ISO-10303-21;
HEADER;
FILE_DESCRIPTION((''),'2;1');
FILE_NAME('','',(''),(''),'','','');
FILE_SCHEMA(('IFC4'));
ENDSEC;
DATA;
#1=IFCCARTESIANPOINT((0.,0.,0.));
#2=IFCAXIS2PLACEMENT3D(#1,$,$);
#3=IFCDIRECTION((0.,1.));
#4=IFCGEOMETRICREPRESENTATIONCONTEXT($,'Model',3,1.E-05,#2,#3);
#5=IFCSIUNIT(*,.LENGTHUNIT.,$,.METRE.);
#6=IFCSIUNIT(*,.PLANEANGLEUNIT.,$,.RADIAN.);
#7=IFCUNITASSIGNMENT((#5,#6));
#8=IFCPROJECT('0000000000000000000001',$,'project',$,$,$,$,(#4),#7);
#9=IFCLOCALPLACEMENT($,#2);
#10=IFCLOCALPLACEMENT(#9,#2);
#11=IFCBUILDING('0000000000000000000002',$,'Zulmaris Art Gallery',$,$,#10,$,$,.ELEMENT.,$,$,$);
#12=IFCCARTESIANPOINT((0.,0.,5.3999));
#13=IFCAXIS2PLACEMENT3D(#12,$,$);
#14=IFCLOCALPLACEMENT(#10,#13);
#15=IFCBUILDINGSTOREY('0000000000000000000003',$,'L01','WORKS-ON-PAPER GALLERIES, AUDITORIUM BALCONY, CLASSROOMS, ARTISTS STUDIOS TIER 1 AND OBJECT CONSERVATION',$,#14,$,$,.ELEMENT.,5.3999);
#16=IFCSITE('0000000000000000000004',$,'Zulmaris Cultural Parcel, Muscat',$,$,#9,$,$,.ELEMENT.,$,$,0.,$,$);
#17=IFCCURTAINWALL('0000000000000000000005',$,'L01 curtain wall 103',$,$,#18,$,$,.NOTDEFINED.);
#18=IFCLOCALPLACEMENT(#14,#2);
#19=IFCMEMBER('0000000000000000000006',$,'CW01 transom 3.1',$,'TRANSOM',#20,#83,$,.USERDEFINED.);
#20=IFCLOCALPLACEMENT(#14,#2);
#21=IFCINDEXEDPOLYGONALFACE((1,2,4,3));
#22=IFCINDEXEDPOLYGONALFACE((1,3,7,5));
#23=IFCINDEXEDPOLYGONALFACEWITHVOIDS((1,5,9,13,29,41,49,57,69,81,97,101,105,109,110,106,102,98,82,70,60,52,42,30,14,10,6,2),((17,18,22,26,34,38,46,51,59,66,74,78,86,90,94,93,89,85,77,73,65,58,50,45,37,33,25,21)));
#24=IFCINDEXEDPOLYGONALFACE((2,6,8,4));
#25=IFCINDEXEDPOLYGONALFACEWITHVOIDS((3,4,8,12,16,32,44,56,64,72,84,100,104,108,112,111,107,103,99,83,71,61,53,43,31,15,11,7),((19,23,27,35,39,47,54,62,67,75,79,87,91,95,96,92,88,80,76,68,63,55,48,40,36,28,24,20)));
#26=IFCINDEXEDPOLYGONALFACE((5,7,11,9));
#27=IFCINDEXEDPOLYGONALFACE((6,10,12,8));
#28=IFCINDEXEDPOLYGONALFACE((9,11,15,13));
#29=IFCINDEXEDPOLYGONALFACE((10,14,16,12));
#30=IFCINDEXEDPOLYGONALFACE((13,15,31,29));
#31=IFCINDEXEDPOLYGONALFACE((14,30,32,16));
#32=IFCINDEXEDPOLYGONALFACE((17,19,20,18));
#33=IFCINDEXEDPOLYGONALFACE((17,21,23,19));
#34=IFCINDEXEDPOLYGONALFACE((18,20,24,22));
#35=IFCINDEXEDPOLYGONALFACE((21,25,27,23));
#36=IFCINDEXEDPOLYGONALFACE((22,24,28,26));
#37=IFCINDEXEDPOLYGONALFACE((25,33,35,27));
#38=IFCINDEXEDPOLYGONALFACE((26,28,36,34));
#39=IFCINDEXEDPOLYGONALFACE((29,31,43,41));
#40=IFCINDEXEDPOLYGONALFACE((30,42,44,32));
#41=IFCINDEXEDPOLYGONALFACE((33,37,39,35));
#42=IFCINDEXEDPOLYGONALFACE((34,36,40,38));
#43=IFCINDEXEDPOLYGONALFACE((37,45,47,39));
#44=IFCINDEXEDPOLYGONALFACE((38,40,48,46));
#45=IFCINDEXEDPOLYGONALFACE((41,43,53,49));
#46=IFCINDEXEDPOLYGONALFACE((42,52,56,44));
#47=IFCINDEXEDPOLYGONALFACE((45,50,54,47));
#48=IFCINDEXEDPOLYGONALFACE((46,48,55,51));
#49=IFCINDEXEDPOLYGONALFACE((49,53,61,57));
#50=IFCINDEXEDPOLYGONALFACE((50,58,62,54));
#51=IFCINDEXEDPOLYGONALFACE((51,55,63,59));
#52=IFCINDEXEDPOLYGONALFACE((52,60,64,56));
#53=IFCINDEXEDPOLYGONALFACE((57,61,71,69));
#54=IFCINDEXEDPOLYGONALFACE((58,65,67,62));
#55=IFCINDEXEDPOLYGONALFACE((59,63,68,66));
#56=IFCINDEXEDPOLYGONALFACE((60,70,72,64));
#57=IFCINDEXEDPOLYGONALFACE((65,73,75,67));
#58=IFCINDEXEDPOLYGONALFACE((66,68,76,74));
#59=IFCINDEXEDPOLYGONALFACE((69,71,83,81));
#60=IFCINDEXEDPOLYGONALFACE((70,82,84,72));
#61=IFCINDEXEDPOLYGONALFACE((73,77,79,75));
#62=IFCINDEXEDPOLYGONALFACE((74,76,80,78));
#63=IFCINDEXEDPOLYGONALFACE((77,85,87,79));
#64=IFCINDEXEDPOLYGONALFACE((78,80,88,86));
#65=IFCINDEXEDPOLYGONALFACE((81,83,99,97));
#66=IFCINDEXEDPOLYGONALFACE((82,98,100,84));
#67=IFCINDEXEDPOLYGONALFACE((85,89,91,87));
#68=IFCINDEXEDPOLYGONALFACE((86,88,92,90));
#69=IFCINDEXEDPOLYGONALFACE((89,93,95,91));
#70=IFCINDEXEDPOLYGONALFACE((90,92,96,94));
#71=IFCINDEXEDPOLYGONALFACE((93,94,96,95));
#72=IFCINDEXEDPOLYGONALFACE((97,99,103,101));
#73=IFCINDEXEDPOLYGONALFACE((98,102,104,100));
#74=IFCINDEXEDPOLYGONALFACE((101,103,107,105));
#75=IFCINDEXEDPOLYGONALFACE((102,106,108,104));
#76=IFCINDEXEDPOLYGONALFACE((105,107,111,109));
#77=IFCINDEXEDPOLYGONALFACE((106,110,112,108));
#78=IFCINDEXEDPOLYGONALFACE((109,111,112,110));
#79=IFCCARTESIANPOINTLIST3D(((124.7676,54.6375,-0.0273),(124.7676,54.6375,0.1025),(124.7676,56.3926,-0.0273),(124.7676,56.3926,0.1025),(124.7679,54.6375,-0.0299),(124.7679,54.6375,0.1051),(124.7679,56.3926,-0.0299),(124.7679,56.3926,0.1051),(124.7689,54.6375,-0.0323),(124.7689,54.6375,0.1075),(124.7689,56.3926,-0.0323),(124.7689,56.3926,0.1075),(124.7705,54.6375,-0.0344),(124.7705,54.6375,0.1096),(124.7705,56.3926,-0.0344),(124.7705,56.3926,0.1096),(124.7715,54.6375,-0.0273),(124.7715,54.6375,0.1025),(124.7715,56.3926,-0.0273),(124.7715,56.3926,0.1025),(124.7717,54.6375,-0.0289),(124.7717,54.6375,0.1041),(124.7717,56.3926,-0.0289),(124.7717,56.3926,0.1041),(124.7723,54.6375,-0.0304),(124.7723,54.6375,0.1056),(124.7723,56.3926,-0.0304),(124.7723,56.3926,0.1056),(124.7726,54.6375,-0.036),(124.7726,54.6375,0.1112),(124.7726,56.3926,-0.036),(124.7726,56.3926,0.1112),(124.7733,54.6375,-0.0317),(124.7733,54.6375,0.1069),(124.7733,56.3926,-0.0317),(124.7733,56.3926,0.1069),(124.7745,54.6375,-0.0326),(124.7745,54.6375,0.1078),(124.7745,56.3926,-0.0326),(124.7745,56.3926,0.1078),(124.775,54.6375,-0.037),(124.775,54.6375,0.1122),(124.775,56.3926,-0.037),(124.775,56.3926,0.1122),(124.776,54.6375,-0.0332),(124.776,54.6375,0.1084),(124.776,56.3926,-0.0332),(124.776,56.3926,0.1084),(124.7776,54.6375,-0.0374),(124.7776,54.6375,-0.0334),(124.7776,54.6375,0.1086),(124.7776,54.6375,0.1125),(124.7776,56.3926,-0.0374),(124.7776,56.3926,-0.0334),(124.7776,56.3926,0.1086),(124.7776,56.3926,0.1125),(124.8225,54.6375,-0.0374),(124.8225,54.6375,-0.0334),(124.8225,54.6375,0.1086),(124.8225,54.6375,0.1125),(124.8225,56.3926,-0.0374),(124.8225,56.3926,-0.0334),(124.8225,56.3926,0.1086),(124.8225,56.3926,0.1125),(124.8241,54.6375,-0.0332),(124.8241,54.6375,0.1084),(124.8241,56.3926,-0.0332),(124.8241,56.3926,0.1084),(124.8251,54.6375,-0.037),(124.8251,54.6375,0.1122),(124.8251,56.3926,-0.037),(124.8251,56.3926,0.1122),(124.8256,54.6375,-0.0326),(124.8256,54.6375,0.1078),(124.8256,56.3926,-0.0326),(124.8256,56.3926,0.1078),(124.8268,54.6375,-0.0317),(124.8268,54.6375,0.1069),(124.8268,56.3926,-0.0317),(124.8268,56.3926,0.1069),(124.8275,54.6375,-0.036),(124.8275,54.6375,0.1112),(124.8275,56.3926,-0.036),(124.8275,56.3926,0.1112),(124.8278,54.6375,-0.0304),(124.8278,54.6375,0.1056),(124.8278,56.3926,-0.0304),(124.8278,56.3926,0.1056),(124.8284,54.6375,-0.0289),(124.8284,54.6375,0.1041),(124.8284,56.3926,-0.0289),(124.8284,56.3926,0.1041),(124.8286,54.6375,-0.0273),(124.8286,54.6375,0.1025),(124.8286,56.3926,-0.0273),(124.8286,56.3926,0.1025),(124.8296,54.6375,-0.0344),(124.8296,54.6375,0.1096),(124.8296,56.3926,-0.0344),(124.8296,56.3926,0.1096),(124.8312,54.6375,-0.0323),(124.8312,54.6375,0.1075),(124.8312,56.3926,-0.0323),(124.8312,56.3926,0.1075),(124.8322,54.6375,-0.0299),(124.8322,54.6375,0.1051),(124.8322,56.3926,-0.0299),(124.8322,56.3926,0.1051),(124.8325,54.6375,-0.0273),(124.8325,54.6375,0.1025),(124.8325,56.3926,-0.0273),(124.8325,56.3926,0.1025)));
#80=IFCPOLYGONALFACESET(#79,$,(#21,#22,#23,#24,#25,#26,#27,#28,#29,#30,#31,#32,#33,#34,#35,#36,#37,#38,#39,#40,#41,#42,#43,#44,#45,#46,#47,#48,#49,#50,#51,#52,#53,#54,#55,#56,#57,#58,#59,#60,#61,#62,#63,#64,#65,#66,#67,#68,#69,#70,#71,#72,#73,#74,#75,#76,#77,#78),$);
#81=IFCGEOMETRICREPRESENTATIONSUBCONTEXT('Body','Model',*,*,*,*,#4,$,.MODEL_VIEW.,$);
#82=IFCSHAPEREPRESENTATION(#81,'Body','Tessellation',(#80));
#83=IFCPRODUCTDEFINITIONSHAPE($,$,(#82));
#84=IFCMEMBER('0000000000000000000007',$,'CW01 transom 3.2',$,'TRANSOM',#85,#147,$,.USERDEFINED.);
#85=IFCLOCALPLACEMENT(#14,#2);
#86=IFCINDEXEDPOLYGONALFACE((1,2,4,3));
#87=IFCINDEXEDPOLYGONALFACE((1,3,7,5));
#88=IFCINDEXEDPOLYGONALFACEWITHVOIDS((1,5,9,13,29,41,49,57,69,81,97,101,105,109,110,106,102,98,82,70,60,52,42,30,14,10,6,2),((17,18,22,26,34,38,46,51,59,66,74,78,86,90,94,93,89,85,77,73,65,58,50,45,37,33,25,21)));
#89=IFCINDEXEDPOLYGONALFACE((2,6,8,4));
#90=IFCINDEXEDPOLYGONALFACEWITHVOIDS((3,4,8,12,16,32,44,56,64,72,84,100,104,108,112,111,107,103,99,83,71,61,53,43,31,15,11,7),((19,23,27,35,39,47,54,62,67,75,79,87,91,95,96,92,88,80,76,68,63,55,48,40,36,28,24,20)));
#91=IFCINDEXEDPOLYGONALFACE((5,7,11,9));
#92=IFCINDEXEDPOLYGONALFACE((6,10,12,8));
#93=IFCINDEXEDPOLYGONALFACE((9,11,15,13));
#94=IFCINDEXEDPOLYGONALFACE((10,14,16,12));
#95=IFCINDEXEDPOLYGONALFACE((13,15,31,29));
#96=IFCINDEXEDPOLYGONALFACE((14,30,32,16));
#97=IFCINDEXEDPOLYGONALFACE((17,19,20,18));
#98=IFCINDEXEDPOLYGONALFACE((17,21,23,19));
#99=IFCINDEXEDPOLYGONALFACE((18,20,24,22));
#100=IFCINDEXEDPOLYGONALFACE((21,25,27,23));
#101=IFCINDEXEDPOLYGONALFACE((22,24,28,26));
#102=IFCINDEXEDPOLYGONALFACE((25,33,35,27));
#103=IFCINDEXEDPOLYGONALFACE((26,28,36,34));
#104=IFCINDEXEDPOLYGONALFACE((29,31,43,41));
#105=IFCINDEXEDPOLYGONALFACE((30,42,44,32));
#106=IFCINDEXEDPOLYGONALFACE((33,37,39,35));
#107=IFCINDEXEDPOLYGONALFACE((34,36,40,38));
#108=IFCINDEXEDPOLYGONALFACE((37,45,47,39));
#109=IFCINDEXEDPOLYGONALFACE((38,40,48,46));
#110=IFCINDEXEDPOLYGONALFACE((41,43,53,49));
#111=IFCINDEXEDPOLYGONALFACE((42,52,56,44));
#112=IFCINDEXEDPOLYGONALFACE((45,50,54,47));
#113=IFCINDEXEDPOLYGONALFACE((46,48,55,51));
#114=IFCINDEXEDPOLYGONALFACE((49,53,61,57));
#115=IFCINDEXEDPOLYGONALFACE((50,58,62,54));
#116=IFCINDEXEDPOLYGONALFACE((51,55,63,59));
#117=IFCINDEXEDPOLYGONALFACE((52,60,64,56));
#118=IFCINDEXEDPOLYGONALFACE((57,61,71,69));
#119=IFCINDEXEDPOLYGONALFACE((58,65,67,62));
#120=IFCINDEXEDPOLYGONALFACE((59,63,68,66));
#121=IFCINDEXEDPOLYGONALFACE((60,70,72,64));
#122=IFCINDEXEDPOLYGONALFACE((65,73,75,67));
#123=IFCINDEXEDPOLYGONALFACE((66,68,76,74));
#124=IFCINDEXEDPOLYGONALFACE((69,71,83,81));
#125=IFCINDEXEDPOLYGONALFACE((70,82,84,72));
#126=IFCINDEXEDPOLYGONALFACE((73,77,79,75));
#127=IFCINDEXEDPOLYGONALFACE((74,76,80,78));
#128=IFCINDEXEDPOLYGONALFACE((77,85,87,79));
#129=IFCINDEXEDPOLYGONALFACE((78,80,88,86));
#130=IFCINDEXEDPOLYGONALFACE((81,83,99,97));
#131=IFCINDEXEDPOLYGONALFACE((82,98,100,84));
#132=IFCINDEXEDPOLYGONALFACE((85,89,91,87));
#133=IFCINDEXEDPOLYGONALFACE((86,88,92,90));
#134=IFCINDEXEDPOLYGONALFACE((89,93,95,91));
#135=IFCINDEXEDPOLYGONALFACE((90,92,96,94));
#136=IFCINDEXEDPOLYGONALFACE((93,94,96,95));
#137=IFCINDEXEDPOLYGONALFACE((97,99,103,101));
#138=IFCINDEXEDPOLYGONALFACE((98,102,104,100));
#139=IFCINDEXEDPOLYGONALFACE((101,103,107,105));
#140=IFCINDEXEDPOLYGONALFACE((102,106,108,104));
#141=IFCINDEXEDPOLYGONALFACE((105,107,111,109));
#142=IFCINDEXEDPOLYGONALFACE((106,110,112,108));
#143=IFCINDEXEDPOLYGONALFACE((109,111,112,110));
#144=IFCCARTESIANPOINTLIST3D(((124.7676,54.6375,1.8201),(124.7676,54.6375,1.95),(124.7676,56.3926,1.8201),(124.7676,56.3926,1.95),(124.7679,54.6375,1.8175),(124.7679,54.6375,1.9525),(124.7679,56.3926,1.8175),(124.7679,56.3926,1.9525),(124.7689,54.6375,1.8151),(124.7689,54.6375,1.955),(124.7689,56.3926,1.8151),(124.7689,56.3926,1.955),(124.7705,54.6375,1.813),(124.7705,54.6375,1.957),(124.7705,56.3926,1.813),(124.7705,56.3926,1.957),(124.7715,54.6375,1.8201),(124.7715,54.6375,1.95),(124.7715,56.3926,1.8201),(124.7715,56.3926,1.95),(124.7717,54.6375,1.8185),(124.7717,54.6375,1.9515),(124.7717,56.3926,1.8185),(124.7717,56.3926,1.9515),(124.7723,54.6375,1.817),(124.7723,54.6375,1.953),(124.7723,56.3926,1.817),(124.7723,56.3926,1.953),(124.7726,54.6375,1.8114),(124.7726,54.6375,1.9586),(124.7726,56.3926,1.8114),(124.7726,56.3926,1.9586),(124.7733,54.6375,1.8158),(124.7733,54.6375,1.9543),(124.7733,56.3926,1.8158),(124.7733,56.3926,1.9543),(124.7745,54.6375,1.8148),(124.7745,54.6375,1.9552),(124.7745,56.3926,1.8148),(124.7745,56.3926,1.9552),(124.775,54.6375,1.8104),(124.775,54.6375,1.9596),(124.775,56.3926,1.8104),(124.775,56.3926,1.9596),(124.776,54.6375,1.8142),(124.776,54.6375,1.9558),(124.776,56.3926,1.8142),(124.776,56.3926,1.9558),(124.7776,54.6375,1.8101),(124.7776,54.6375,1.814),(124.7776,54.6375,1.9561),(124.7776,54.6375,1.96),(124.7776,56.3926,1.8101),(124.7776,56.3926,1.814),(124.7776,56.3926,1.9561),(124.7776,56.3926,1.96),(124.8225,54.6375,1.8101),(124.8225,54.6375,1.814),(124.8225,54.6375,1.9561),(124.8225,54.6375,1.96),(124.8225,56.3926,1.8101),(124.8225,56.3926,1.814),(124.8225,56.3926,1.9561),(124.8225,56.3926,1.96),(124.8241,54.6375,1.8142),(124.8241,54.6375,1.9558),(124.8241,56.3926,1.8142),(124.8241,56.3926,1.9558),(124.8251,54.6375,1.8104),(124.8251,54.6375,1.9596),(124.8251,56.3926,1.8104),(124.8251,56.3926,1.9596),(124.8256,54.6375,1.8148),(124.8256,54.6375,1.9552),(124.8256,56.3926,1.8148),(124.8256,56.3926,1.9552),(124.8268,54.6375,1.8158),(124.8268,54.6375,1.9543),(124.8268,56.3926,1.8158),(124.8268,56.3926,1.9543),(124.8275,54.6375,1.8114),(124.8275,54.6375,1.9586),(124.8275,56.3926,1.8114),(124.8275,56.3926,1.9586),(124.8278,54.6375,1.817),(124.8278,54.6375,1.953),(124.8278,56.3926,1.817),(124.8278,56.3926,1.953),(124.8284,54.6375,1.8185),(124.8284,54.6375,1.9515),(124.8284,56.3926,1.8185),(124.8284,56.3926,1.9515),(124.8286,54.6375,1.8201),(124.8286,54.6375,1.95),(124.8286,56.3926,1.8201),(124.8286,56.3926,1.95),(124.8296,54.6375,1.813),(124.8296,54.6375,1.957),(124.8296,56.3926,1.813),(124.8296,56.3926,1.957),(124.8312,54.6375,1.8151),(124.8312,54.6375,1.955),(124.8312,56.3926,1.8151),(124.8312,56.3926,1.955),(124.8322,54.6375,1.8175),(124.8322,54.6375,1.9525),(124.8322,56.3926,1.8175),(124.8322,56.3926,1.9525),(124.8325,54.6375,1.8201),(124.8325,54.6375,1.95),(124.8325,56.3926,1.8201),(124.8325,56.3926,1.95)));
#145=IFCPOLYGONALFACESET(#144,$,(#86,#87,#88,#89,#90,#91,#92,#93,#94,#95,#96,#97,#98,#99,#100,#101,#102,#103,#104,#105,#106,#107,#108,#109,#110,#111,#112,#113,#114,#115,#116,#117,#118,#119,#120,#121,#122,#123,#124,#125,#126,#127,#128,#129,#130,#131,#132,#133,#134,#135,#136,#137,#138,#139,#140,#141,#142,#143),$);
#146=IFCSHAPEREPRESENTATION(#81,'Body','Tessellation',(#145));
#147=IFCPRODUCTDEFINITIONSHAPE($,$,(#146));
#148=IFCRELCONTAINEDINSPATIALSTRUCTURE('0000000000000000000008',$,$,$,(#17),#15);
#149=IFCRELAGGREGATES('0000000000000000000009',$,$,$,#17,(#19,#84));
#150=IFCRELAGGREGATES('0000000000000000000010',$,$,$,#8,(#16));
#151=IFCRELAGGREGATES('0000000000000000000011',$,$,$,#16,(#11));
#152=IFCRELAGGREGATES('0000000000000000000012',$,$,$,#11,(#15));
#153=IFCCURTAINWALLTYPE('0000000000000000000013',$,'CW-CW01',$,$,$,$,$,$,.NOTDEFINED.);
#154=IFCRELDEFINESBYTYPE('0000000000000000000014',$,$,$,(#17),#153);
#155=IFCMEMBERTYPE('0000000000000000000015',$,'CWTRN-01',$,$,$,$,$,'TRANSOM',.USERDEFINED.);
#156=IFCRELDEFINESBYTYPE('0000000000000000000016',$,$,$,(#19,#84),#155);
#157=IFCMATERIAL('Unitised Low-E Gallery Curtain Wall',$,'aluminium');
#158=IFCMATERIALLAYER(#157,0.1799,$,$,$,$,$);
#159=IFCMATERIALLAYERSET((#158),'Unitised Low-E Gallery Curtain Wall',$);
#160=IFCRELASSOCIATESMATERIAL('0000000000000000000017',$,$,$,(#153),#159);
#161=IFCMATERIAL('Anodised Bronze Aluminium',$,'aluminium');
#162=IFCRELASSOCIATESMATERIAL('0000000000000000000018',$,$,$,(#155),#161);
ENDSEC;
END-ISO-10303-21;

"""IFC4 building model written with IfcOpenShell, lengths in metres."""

from ifc_helpers import new_model, si_unit, direction, frame, origin, origin_2d, place, context, subcontext, project, spatial, hollow_rectangle, extrude, material, layer, layer_set, material_profile, profile_set, type_object, element, aggregate, save


model = new_model("IFC4")

# Units and contexts
model_context = context("Model", 3, precision=1e-05, world=origin(), true_north=direction((0.0, 1.0)))
body_context = subcontext(model_context, "Body", "Model", "MODEL_VIEW")
ifc_project = project(units=[si_unit("LENGTHUNIT", "METRE"), si_unit("PLANEANGLEUNIT", "RADIAN")], contexts=[model_context])

# Site, building, storey
site_placement = place(None, origin())
site = spatial("IfcSite", under=ifc_project, at=site_placement, Name="Zulmaris Cultural Parcel, Muscat", CompositionType="ELEMENT", RefElevation=0.0)
building_placement = place(site_placement, origin())
building = spatial("IfcBuilding", under=site, at=building_placement, Name="Zulmaris Art Gallery", CompositionType="ELEMENT")
storey_placement = place(building_placement, frame((0.0, 0.0, 5.3999)))
storey = spatial("IfcBuildingStorey", under=building, at=storey_placement, Name="L01", Description="WORKS-ON-PAPER GALLERIES, AUDITORIUM BALCONY, CLASSROOMS, ARTISTS STUDIOS TIER 1 AND OBJECT CONSERVATION", CompositionType="ELEMENT", Elevation=5.3999)

# Shared definitions
ifc_material_1 = material(Name="Unitised Low-E Gallery Curtain Wall", Category="aluminium")
ifc_layer_1 = layer(ifc_material_1, 0.1799)
ifc_layer_set_1 = layer_set([ifc_layer_1], Name="Unitised Low-E Gallery Curtain Wall")
curtain_wall_type = type_object("IfcCurtainWallType", Name="CW-CW01", PredefinedType="NOTDEFINED", material=ifc_layer_set_1)
ifc_material_2 = material(Name="Anodised Bronze Aluminium", Category="aluminium")

# Curtain wall
curtain_wall_1_placement = place(storey_placement, origin())
curtain_wall_1 = element("IfcCurtainWall", 1, at=curtain_wall_1_placement, inside=storey, type_object=curtain_wall_type, Name="L01 curtain wall 103", PredefinedType="NOTDEFINED")

# Members
ifc_material_profile_1 = material_profile(ifc_material_2, hollow_rectangle(XDim=0.0649, YDim=0.1499, WallThickness=0.0039, InnerFilletRadius=0.0061, OuterFilletRadius=0.01, at=origin_2d()), Name="ALU 65x150x4")
ifc_profile_set_1 = profile_set([ifc_material_profile_1], Name="Anodised Bronze Aluminium")
member_type_1 = type_object("IfcMemberType", Name="CWTRN-01", ElementType="TRANSOM", PredefinedType="USERDEFINED", material=ifc_profile_set_1)
member_1_placement = place(storey_placement, frame((124.8, 54.6375, 0.0376), z_axis=(0.0, 1.0, 0.0), x_axis=(-1.0, 0.0, 0.0)))
member_1 = element("IfcMember", 2, at=member_1_placement, type_object=member_type_1, Name="CW01 transom 3.1", ObjectType="TRANSOM", PredefinedType="USERDEFINED", context=body_context, shape_type="SweptSolid", body=[
    extrude(hollow_rectangle(XDim=0.0649, YDim=0.1499, WallThickness=0.0039, InnerFilletRadius=0.0061, OuterFilletRadius=0.01, at=origin_2d()), origin(), (0.0, 0.0, 1.0), 1.7551),
])
member_2_placement = place(storey_placement, frame((124.8, 54.6375, 1.885), z_axis=(0.0, 1.0, 0.0), x_axis=(-1.0, 0.0, 0.0)))
member_2 = element("IfcMember", 3, at=member_2_placement, type_object=member_type_1, Name="CW01 transom 3.2", ObjectType="TRANSOM", PredefinedType="USERDEFINED", context=body_context, shape_type="SweptSolid", body=[
    extrude(hollow_rectangle(XDim=0.0649, YDim=0.1499, WallThickness=0.0039, InnerFilletRadius=0.0061, OuterFilletRadius=0.01, at=origin_2d()), origin(), (0.0, 0.0, 1.0), 1.7551),
])

aggregate(curtain_wall_1, [member_1, member_2])

save(model, "model.ifc")
